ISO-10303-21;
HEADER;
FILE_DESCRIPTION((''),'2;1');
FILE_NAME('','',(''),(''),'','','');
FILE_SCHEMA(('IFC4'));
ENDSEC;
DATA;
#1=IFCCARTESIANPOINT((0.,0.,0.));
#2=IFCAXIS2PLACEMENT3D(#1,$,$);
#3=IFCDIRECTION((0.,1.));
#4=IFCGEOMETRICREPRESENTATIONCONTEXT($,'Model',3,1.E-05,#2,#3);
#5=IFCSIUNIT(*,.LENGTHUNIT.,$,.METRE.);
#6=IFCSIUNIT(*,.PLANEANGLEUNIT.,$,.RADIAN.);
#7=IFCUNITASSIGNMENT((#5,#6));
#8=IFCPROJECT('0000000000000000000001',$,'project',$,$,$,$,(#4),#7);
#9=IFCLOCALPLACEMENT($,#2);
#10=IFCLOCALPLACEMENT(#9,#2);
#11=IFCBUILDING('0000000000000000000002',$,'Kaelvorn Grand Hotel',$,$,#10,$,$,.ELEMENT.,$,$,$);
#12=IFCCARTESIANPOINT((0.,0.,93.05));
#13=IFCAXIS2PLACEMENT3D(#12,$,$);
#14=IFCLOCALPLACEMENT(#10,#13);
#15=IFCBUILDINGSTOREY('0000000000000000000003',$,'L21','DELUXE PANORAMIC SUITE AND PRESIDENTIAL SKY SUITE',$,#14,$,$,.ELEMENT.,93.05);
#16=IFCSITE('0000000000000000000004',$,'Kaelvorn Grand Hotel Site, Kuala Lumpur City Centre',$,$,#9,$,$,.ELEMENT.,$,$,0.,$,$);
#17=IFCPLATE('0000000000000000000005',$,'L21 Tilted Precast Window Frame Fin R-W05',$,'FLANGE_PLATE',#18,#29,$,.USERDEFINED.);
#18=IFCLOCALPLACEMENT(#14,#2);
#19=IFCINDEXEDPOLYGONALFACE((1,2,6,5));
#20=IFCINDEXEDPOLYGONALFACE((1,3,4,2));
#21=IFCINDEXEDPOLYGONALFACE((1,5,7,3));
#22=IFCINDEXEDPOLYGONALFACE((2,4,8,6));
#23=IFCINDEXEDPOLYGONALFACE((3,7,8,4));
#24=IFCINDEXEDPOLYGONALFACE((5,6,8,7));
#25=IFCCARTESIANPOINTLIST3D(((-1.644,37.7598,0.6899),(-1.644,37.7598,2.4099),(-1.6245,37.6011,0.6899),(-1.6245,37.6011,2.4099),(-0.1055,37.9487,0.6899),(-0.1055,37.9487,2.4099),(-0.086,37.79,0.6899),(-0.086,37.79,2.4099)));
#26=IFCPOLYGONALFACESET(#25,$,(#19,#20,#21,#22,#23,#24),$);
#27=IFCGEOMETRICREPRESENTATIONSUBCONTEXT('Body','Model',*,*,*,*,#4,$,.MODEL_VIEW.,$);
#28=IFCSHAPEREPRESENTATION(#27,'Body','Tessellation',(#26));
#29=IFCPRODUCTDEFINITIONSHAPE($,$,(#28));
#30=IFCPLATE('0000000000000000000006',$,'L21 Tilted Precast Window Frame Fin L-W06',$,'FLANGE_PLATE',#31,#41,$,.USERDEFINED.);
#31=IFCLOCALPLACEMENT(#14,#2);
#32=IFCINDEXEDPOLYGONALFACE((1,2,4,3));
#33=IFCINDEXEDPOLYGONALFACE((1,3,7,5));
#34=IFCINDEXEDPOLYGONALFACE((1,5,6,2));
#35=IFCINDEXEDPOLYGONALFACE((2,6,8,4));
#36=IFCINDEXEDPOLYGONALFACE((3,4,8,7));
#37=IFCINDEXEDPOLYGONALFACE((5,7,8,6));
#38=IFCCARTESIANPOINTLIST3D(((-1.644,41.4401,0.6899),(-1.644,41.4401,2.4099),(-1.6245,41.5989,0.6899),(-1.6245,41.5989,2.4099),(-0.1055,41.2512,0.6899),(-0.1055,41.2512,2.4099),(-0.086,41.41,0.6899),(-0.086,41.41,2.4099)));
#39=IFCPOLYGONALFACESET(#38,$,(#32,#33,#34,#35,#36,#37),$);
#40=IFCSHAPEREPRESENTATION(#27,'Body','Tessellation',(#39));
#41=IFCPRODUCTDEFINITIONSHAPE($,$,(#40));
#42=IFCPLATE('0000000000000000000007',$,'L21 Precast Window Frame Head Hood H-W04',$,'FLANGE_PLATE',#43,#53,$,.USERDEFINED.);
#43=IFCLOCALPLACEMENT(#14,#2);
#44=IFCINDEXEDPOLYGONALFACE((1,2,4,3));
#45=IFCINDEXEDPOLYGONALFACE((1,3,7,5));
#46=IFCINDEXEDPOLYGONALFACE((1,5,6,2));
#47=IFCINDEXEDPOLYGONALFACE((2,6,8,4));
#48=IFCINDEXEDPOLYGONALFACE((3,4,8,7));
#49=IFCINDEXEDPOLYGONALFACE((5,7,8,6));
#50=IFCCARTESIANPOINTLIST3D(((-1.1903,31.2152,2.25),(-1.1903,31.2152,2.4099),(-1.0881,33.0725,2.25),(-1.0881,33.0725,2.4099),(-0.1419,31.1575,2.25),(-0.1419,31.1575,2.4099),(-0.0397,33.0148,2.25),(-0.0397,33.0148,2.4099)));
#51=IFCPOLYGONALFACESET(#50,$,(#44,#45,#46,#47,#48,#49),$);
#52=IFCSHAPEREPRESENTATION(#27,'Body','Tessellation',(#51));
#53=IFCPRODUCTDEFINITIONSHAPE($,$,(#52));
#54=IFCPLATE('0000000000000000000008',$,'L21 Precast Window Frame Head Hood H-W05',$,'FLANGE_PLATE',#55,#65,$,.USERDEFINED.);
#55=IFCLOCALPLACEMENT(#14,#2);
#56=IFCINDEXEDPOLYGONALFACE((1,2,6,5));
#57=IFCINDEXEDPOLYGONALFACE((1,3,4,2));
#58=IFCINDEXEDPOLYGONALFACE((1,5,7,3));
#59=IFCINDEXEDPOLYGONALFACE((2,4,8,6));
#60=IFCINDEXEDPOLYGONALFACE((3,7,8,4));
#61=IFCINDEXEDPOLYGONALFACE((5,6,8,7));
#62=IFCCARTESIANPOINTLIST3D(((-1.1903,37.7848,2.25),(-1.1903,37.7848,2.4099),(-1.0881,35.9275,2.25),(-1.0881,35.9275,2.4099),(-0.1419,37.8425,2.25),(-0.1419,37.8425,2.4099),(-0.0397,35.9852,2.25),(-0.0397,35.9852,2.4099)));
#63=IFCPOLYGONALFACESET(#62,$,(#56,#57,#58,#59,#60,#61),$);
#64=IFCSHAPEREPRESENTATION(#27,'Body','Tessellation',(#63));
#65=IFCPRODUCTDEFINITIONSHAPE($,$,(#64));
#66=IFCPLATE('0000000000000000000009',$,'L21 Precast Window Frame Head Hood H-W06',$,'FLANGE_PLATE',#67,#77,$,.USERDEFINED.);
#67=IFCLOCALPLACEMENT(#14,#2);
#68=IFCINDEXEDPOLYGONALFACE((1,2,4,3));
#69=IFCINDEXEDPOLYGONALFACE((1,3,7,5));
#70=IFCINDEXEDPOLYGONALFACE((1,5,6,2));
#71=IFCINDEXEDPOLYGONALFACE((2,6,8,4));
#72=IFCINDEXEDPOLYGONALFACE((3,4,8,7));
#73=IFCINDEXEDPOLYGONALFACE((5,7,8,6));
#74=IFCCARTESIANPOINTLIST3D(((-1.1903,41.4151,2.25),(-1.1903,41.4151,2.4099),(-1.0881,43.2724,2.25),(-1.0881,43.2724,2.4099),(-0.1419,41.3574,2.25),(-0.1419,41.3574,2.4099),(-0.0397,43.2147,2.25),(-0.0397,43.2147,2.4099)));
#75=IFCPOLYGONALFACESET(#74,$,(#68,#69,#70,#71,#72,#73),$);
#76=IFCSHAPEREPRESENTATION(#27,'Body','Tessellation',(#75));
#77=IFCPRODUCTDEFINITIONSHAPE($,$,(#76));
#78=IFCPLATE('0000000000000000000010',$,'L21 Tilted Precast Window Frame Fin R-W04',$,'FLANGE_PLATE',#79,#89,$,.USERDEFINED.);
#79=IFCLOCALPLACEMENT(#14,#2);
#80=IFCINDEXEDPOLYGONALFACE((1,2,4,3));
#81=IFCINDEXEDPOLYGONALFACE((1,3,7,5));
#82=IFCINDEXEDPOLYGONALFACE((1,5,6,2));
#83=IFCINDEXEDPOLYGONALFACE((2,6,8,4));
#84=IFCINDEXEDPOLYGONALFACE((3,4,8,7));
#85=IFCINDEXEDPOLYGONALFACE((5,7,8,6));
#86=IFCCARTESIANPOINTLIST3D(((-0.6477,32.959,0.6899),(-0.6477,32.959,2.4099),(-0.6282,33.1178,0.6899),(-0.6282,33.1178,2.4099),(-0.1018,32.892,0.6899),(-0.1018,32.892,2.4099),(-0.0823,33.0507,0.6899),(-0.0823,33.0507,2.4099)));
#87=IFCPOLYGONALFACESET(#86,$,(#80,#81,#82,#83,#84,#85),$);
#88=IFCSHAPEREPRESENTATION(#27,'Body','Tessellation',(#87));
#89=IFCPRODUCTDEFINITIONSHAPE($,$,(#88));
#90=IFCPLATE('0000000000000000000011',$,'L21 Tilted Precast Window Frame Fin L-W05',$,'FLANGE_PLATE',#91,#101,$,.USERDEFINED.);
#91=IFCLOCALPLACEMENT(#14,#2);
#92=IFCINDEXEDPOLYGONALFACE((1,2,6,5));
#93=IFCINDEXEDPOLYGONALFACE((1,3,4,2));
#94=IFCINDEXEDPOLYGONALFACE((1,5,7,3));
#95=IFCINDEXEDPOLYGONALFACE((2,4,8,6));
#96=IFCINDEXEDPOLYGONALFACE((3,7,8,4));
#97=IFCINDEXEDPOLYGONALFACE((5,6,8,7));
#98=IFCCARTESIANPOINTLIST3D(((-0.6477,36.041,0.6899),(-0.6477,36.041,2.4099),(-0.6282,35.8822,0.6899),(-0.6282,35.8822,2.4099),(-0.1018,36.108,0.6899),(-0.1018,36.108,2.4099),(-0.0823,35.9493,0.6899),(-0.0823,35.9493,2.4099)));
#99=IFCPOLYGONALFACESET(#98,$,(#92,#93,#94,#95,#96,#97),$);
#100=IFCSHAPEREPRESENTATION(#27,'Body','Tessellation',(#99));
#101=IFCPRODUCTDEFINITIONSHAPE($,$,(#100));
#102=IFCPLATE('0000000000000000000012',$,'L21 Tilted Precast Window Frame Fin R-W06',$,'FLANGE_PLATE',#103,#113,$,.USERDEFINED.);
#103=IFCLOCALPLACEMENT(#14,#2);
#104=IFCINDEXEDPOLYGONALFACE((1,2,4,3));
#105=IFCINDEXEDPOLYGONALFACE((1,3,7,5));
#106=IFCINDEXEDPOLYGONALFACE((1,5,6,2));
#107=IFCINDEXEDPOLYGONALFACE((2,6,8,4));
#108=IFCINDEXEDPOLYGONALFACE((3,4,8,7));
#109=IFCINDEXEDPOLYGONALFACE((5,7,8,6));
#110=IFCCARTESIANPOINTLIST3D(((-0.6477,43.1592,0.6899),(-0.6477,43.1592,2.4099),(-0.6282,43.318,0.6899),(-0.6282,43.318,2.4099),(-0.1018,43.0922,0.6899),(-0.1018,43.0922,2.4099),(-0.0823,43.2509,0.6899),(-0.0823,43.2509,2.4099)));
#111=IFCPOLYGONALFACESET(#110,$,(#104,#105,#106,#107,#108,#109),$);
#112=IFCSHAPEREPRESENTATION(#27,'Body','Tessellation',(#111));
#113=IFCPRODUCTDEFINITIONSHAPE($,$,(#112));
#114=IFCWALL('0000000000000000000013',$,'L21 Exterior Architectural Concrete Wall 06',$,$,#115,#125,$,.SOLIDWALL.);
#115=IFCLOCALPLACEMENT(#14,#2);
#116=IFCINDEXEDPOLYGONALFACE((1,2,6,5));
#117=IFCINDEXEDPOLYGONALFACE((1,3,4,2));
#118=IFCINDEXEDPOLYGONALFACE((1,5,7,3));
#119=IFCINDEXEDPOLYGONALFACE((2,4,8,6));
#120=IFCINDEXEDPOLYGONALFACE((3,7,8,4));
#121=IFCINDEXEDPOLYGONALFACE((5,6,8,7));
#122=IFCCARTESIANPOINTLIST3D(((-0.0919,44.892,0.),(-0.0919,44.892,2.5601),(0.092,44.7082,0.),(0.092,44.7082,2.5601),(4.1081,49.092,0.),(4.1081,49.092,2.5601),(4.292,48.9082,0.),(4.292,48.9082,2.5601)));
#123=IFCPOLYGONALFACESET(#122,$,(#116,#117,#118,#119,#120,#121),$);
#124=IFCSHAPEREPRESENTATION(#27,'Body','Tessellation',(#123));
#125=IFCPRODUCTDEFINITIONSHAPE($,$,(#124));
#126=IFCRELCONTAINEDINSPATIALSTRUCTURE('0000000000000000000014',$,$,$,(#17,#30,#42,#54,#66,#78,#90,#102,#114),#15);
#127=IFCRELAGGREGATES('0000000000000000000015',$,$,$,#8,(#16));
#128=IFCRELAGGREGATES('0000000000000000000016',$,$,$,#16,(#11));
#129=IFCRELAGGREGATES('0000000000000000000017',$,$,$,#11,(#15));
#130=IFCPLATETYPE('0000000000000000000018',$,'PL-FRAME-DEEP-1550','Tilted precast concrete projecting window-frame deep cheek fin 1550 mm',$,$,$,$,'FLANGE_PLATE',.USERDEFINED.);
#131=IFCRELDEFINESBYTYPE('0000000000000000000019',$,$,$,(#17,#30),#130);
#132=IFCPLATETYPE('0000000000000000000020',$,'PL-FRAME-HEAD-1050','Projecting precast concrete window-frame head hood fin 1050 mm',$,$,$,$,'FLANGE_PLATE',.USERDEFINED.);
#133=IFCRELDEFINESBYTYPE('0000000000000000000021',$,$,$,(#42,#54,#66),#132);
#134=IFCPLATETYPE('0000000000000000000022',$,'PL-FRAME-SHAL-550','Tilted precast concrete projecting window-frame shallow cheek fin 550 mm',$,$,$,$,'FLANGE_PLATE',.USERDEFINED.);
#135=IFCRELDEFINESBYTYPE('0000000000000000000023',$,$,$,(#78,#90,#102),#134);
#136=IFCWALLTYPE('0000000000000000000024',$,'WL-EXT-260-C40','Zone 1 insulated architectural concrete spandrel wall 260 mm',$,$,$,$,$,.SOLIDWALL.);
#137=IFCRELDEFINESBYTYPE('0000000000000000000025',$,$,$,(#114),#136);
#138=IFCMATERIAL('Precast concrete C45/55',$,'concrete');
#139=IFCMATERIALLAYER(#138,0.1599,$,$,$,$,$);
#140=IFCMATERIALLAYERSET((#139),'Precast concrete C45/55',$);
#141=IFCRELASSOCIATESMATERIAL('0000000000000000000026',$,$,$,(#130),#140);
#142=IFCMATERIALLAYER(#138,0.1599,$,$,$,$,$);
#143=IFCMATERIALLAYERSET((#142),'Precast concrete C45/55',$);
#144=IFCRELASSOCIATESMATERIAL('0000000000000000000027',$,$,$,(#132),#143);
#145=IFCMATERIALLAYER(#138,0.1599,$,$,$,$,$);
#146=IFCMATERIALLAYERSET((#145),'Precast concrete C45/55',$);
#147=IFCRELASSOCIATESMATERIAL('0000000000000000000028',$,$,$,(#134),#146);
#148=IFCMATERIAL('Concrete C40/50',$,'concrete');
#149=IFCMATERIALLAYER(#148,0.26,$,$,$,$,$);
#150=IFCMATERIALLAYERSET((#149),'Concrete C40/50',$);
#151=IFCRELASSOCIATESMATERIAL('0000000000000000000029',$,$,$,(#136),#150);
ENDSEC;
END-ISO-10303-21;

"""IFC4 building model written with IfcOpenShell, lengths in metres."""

from ifc_helpers import new_model, si_unit, direction, frame, frame_2d, origin, origin_2d, place, context, subcontext, project, spatial, rectangle, extrude, material, layer, layer_set, type_object, element, save


model = new_model("IFC4")

# Units and contexts
model_context = context("Model", 3, precision=1e-05, world=origin(), true_north=direction((0.0, 1.0)))
body_context = subcontext(model_context, "Body", "Model", "MODEL_VIEW")
ifc_project = project(units=[si_unit("LENGTHUNIT", "METRE"), si_unit("PLANEANGLEUNIT", "RADIAN")], contexts=[model_context])

# Site, building, storey
site_placement = place(None, origin())
site = spatial("IfcSite", under=ifc_project, at=site_placement, Name="Kaelvorn Grand Hotel Site, Kuala Lumpur City Centre", CompositionType="ELEMENT", RefElevation=0.0)
building_placement = place(site_placement, origin())
building = spatial("IfcBuilding", under=site, at=building_placement, Name="Kaelvorn Grand Hotel", CompositionType="ELEMENT")
storey_placement = place(building_placement, frame((0.0, 0.0, 93.05)))
storey = spatial("IfcBuildingStorey", under=building, at=storey_placement, Name="L21", Description="DELUXE PANORAMIC SUITE AND PRESIDENTIAL SKY SUITE", CompositionType="ELEMENT", Elevation=93.05)

# Plates
ifc_material_1 = material(Name="Precast concrete C45/55", Category="concrete")
ifc_layer_1 = layer(ifc_material_1, 0.1599)
ifc_layer_set_1 = layer_set([ifc_layer_1], Name="Precast concrete C45/55")
plate_type_1 = type_object("IfcPlateType", Name="PL-FRAME-DEEP-1550", Description="Tilted precast concrete projecting window-frame deep cheek fin 1550 mm", ElementType="FLANGE_PLATE", PredefinedType="USERDEFINED", material=ifc_layer_set_1)
for number, where, z_axis, x_axis, name in (
    (1, (-0.865, 37.7749, 0.6899), (0.0, 0.0, 1.0), (-0.121869, 0.992546, 0.0), "L21 Tilted Precast Window Frame Fin R-W05"),
    (2, (-0.865, 41.425, 0.6899), (0.0, 0.0, 1.0), (0.121869, 0.992546, 0.0), "L21 Tilted Precast Window Frame Fin L-W06"),
):
    element("IfcPlate", number, at=place(storey_placement, frame(where, z_axis=z_axis, x_axis=x_axis)), inside=storey, type_object=plate_type_1, Name=name, ObjectType="FLANGE_PLATE", PredefinedType="USERDEFINED", context=body_context, shape_type="SweptSolid", body=[
        extrude(rectangle(XDim=0.1599, YDim=1.55, at=origin_2d()), origin(), (0.0, 0.0, 1.0), 1.72),
    ])
ifc_layer_2 = layer(ifc_material_1, 0.1599)
ifc_layer_set_2 = layer_set([ifc_layer_2], Name="Precast concrete C45/55")
plate_type_2 = type_object("IfcPlateType", Name="PL-FRAME-HEAD-1050", Description="Projecting precast concrete window-frame head hood fin 1050 mm", ElementType="FLANGE_PLATE", PredefinedType="USERDEFINED", material=ifc_layer_set_2)
for number, where, z_axis, x_axis, name in (
    (3, (-0.615, 32.115, 2.25), (0.0, 0.0, 1.0), (0.05495, 0.998489, 0.0), "L21 Precast Window Frame Head Hood H-W04"),
    (4, (-0.615, 36.885, 2.25), (0.0, 0.0, 1.0), (-0.05495, 0.998489, 0.0), "L21 Precast Window Frame Head Hood H-W05"),
    (5, (-0.615, 42.3149, 2.25), (0.0, 0.0, 1.0), (0.05495, 0.998489, 0.0), "L21 Precast Window Frame Head Hood H-W06"),
):
    element("IfcPlate", number, at=place(storey_placement, frame(where, z_axis=z_axis, x_axis=x_axis)), inside=storey, type_object=plate_type_2, Name=name, ObjectType="FLANGE_PLATE", PredefinedType="USERDEFINED", context=body_context, shape_type="SweptSolid", body=[
        extrude(rectangle(XDim=1.8601, YDim=1.05, at=origin_2d()), origin(), (0.0, 0.0, 1.0), 0.1599),
    ])
ifc_layer_3 = layer(ifc_material_1, 0.1599)
ifc_layer_set_3 = layer_set([ifc_layer_3], Name="Precast concrete C45/55")
plate_type_3 = type_object("IfcPlateType", Name="PL-FRAME-SHAL-550", Description="Tilted precast concrete projecting window-frame shallow cheek fin 550 mm", ElementType="FLANGE_PLATE", PredefinedType="USERDEFINED", material=ifc_layer_set_3)
for number, where, z_axis, x_axis, name in (
    (6, (-0.365, 33.0049, 0.6899), (0.0, 0.0, 1.0), (0.121869, 0.992546, 0.0), "L21 Tilted Precast Window Frame Fin R-W04"),
    (7, (-0.365, 35.9951, 0.6899), (0.0, 0.0, 1.0), (-0.121869, 0.992546, 0.0), "L21 Tilted Precast Window Frame Fin L-W05"),
    (8, (-0.365, 43.2051, 0.6899), (0.0, 0.0, 1.0), (0.121869, 0.992546, 0.0), "L21 Tilted Precast Window Frame Fin R-W06"),
):
    element("IfcPlate", number, at=place(storey_placement, frame(where, z_axis=z_axis, x_axis=x_axis)), inside=storey, type_object=plate_type_3, Name=name, ObjectType="FLANGE_PLATE", PredefinedType="USERDEFINED", context=body_context, shape_type="SweptSolid", body=[
        extrude(rectangle(XDim=0.1599, YDim=0.55, at=origin_2d()), origin(), (0.0, 0.0, 1.0), 1.72),
    ])

# Wall
ifc_material_2 = material(Name="Concrete C40/50", Category="concrete")
ifc_layer_4 = layer(ifc_material_2, 0.26)
ifc_layer_set_4 = layer_set([ifc_layer_4], Name="Concrete C40/50")
wall_type_1 = type_object("IfcWallType", Name="WL-EXT-260-C40", Description="Zone 1 insulated architectural concrete spandrel wall 260 mm", PredefinedType="SOLIDWALL", material=ifc_layer_set_4)
wall_1_placement = place(storey_placement, frame((4.2, 49.0, 0.0), z_axis=(0.0, 0.0, 1.0), x_axis=(-0.707107, -0.707107, 0.0)))
element("IfcWall", 9, at=wall_1_placement, inside=storey, type_object=wall_type_1, Name="L21 Exterior Architectural Concrete Wall 06", PredefinedType="SOLIDWALL", context=body_context, shape_type="SweptSolid", body=[
    extrude(rectangle(XDim=5.9397, YDim=0.26, at=frame_2d((2.9697, 0.0))), origin(), (0.0, 0.0, 1.0), 2.5601),
])

save(model, "model.ifc")
